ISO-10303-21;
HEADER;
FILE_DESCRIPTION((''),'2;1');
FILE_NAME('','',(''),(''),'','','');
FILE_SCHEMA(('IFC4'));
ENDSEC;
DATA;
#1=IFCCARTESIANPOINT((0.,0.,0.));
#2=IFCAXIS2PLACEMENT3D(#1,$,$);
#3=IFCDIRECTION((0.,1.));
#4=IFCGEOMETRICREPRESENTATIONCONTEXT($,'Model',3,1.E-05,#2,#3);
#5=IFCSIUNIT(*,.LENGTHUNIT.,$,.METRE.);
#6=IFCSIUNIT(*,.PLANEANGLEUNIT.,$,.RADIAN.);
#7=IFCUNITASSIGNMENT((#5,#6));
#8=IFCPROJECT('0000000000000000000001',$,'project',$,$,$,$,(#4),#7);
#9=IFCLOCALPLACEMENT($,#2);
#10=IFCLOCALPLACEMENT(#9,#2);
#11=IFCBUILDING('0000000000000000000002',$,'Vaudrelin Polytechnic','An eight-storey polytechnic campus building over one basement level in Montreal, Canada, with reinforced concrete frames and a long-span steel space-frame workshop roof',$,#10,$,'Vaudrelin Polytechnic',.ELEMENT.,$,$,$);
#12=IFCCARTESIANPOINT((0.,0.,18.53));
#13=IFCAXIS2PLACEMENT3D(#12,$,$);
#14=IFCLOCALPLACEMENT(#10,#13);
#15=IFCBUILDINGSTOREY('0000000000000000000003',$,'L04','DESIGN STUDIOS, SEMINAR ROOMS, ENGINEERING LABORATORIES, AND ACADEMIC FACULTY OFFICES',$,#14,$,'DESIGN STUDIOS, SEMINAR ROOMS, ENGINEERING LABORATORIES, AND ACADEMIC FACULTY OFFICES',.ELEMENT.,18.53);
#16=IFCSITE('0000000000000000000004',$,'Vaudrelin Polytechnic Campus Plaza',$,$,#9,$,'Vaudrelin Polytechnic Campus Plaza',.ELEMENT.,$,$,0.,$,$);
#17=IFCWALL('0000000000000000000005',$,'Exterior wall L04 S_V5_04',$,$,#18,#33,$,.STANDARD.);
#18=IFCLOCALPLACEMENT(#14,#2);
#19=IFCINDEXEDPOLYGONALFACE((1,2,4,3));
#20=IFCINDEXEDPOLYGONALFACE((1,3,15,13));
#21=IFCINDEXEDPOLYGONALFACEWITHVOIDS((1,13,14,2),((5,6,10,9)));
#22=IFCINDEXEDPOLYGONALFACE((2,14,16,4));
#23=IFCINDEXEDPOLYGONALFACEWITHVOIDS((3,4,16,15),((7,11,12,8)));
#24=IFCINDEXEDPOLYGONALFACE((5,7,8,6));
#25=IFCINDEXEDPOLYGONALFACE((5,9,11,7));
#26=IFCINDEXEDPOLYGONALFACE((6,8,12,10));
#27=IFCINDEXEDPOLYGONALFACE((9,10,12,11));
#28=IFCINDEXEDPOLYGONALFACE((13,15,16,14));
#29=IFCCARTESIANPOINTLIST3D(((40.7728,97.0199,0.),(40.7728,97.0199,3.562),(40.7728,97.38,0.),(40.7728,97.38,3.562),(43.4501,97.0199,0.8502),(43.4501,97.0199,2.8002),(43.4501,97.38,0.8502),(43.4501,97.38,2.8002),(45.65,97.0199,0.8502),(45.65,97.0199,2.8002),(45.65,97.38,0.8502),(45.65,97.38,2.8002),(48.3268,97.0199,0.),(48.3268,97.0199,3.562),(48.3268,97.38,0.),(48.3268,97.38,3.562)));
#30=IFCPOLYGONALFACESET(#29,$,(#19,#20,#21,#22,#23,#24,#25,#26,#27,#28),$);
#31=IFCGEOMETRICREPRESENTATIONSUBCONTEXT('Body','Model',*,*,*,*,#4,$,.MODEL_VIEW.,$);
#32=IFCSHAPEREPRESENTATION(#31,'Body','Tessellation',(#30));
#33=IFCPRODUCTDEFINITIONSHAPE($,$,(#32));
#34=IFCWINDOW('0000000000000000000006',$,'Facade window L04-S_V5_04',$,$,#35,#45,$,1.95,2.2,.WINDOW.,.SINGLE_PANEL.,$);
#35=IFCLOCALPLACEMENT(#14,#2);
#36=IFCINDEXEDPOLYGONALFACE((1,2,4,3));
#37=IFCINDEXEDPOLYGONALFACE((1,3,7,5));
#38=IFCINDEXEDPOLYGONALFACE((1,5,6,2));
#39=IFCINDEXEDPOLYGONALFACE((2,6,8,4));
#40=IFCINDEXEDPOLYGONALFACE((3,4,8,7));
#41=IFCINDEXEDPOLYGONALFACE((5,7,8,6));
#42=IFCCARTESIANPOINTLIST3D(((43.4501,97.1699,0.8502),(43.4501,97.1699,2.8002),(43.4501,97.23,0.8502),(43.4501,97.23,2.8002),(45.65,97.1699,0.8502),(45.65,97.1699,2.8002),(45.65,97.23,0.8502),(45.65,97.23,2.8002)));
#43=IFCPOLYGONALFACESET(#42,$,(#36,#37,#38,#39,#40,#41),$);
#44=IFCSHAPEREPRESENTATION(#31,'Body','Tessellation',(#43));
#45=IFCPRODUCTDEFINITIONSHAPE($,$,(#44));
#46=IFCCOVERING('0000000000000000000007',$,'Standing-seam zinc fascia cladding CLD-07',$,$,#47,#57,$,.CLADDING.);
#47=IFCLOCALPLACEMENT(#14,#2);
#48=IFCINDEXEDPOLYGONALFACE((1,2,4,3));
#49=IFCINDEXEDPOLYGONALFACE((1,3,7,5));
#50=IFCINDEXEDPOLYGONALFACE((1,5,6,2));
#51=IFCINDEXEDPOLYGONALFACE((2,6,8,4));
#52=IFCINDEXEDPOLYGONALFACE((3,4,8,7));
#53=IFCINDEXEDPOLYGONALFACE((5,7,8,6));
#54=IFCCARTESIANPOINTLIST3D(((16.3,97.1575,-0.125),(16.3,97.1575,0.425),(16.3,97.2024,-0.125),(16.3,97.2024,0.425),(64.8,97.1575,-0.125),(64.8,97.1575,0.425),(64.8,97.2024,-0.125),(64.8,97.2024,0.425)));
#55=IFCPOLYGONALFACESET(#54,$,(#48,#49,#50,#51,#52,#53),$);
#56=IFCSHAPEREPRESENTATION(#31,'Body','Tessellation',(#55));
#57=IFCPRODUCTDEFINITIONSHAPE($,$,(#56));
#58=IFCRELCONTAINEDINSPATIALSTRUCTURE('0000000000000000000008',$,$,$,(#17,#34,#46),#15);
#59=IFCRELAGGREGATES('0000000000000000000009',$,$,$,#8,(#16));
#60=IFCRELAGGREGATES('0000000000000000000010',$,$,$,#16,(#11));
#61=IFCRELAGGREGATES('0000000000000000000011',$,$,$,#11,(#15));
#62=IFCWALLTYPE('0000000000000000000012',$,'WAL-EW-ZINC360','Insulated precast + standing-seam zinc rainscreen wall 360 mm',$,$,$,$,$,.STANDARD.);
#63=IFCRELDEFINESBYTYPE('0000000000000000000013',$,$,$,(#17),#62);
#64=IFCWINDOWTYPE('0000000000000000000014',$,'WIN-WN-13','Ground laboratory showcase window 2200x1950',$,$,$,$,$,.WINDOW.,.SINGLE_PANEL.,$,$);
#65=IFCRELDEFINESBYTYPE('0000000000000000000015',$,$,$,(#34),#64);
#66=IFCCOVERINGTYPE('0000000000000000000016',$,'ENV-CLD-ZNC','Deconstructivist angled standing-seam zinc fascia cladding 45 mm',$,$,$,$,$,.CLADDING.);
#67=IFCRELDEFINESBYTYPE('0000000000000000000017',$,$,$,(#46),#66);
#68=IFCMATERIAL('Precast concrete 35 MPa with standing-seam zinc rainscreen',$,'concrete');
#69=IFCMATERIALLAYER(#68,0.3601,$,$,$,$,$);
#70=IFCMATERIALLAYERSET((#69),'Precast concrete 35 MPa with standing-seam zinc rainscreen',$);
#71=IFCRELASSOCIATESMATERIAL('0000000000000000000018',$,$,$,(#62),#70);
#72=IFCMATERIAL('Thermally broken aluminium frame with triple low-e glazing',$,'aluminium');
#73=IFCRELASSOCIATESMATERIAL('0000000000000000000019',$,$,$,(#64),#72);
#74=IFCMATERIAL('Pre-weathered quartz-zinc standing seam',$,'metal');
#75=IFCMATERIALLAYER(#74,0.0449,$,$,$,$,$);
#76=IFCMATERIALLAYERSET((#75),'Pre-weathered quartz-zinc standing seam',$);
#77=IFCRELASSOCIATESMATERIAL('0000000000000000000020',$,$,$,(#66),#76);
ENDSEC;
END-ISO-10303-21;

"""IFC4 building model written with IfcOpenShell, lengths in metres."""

from ifc_helpers import new_model, si_unit, direction, frame, frame_2d, origin, origin_2d, place, context, subcontext, project, spatial, rectangle, extrude, material, layer, layer_set, type_object, element, fill, save


model = new_model("IFC4")

# Units and contexts
model_context = context("Model", 3, precision=1e-05, world=origin(), true_north=direction((0.0, 1.0)))
body_context = subcontext(model_context, "Body", "Model", "MODEL_VIEW")
ifc_project = project(units=[si_unit("LENGTHUNIT", "METRE"), si_unit("PLANEANGLEUNIT", "RADIAN")], contexts=[model_context])

# Site, building, storey
site_placement = place(None, origin())
site = spatial("IfcSite", under=ifc_project, at=site_placement, Name="Vaudrelin Polytechnic Campus Plaza", LongName="Vaudrelin Polytechnic Campus Plaza", CompositionType="ELEMENT", RefElevation=0.0)
building_placement = place(site_placement, origin())
building = spatial("IfcBuilding", under=site, at=building_placement, Name="Vaudrelin Polytechnic", Description="An eight-storey polytechnic campus building over one basement level in Montreal, Canada, with reinforced concrete frames and a long-span steel space-frame workshop roof", LongName="Vaudrelin Polytechnic", CompositionType="ELEMENT")
storey_placement = place(building_placement, frame((0.0, 0.0, 18.53)))
storey = spatial("IfcBuildingStorey", under=building, at=storey_placement, Name="L04", Description="DESIGN STUDIOS, SEMINAR ROOMS, ENGINEERING LABORATORIES, AND ACADEMIC FACULTY OFFICES", LongName="DESIGN STUDIOS, SEMINAR ROOMS, ENGINEERING LABORATORIES, AND ACADEMIC FACULTY OFFICES", CompositionType="ELEMENT", Elevation=18.53)

# Wall, opening, window
ifc_material_1 = material(Name="Precast concrete 35 MPa with standing-seam zinc rainscreen", Category="concrete")
ifc_layer_1 = layer(ifc_material_1, 0.3601)
ifc_layer_set_1 = layer_set([ifc_layer_1], Name="Precast concrete 35 MPa with standing-seam zinc rainscreen")
wall_type = type_object("IfcWallType", Name="WAL-EW-ZINC360", Description="Insulated precast + standing-seam zinc rainscreen wall 360 mm", PredefinedType="STANDARD", material=ifc_layer_set_1)
ifc_material_2 = material(Name="Thermally broken aluminium frame with triple low-e glazing", Category="aluminium")
wall_1_placement = place(storey_placement, frame((40.7729, 97.2, 0.0), z_axis=(0.0, 0.0, 1.0), x_axis=(1.0, 0.0, 0.0)))
wall_1 = element("IfcWall", 1, at=wall_1_placement, inside=storey, type_object=wall_type, Name="Exterior wall L04 S_V5_04", PredefinedType="STANDARD", context=body_context, shape_type="SweptSolid", body=[
    extrude(rectangle(XDim=7.554, YDim=0.3601, at=frame_2d((3.7769, 0.0))), origin(), (0.0, 0.0, 1.0), 3.562),
])
opening_1_placement = place(wall_1_placement, frame((2.677, 0.0, 0.8501)))
opening_1 = element("IfcOpeningElement", 2, at=opening_1_placement, cuts=wall_1, PredefinedType="OPENING", context=body_context, shape_type="SweptSolid", body=[
    extrude(rectangle(XDim=2.2, YDim=1.95, at=frame_2d((1.1001, 0.9751))), frame((0.0, 0.1899, 0.0), z_axis=(0.0, -1.0, 0.0), x_axis=(1.0, 0.0, 0.0)), (0.0, 0.0, 1.0), 0.3801),
])
window_type_1 = type_object("IfcWindowType", Name="WIN-WN-13", Description="Ground laboratory showcase window 2200x1950", PartitioningType="SINGLE_PANEL", PredefinedType="WINDOW", material=ifc_material_2)
window_1_placement = place(opening_1_placement, origin())
window_1 = element("IfcWindow", 3, at=window_1_placement, inside=storey, type_object=window_type_1, Name="Facade window L04-S_V5_04", OverallHeight=1.95, OverallWidth=2.2, PartitioningType="SINGLE_PANEL", PredefinedType="WINDOW", context=body_context, shape_type="SweptSolid", body=[
    extrude(rectangle(XDim=2.2, YDim=1.95, at=frame_2d((1.1001, 0.9751))), frame((0.0, 0.03, 0.0), z_axis=(0.0, -1.0, 0.0), x_axis=(1.0, 0.0, 0.0)), (0.0, 0.0, 1.0), 0.0601),
])
fill(opening_1, window_1)

# Covering
ifc_material_3 = material(Name="Pre-weathered quartz-zinc standing seam", Category="metal")
ifc_layer_2 = layer(ifc_material_3, 0.0449)
ifc_layer_set_2 = layer_set([ifc_layer_2], Name="Pre-weathered quartz-zinc standing seam")
covering_type = type_object("IfcCoveringType", Name="ENV-CLD-ZNC", Description="Deconstructivist angled standing-seam zinc fascia cladding 45 mm", PredefinedType="CLADDING", material=ifc_layer_set_2)
covering_placement = place(storey_placement, frame((40.55, 97.1799, -0.125), z_axis=(0.0, 0.0, 1.0), x_axis=(1.0, 0.0, 0.0)))
element("IfcCovering", 4, at=covering_placement, inside=storey, type_object=covering_type, Name="Standing-seam zinc fascia cladding CLD-07", PredefinedType="CLADDING", context=body_context, shape_type="SweptSolid", body=[
    extrude(rectangle(XDim=48.5, YDim=0.0449, at=origin_2d()), origin(), (0.0, 0.0, 1.0), 0.55),
])

save(model, "model.ifc")
